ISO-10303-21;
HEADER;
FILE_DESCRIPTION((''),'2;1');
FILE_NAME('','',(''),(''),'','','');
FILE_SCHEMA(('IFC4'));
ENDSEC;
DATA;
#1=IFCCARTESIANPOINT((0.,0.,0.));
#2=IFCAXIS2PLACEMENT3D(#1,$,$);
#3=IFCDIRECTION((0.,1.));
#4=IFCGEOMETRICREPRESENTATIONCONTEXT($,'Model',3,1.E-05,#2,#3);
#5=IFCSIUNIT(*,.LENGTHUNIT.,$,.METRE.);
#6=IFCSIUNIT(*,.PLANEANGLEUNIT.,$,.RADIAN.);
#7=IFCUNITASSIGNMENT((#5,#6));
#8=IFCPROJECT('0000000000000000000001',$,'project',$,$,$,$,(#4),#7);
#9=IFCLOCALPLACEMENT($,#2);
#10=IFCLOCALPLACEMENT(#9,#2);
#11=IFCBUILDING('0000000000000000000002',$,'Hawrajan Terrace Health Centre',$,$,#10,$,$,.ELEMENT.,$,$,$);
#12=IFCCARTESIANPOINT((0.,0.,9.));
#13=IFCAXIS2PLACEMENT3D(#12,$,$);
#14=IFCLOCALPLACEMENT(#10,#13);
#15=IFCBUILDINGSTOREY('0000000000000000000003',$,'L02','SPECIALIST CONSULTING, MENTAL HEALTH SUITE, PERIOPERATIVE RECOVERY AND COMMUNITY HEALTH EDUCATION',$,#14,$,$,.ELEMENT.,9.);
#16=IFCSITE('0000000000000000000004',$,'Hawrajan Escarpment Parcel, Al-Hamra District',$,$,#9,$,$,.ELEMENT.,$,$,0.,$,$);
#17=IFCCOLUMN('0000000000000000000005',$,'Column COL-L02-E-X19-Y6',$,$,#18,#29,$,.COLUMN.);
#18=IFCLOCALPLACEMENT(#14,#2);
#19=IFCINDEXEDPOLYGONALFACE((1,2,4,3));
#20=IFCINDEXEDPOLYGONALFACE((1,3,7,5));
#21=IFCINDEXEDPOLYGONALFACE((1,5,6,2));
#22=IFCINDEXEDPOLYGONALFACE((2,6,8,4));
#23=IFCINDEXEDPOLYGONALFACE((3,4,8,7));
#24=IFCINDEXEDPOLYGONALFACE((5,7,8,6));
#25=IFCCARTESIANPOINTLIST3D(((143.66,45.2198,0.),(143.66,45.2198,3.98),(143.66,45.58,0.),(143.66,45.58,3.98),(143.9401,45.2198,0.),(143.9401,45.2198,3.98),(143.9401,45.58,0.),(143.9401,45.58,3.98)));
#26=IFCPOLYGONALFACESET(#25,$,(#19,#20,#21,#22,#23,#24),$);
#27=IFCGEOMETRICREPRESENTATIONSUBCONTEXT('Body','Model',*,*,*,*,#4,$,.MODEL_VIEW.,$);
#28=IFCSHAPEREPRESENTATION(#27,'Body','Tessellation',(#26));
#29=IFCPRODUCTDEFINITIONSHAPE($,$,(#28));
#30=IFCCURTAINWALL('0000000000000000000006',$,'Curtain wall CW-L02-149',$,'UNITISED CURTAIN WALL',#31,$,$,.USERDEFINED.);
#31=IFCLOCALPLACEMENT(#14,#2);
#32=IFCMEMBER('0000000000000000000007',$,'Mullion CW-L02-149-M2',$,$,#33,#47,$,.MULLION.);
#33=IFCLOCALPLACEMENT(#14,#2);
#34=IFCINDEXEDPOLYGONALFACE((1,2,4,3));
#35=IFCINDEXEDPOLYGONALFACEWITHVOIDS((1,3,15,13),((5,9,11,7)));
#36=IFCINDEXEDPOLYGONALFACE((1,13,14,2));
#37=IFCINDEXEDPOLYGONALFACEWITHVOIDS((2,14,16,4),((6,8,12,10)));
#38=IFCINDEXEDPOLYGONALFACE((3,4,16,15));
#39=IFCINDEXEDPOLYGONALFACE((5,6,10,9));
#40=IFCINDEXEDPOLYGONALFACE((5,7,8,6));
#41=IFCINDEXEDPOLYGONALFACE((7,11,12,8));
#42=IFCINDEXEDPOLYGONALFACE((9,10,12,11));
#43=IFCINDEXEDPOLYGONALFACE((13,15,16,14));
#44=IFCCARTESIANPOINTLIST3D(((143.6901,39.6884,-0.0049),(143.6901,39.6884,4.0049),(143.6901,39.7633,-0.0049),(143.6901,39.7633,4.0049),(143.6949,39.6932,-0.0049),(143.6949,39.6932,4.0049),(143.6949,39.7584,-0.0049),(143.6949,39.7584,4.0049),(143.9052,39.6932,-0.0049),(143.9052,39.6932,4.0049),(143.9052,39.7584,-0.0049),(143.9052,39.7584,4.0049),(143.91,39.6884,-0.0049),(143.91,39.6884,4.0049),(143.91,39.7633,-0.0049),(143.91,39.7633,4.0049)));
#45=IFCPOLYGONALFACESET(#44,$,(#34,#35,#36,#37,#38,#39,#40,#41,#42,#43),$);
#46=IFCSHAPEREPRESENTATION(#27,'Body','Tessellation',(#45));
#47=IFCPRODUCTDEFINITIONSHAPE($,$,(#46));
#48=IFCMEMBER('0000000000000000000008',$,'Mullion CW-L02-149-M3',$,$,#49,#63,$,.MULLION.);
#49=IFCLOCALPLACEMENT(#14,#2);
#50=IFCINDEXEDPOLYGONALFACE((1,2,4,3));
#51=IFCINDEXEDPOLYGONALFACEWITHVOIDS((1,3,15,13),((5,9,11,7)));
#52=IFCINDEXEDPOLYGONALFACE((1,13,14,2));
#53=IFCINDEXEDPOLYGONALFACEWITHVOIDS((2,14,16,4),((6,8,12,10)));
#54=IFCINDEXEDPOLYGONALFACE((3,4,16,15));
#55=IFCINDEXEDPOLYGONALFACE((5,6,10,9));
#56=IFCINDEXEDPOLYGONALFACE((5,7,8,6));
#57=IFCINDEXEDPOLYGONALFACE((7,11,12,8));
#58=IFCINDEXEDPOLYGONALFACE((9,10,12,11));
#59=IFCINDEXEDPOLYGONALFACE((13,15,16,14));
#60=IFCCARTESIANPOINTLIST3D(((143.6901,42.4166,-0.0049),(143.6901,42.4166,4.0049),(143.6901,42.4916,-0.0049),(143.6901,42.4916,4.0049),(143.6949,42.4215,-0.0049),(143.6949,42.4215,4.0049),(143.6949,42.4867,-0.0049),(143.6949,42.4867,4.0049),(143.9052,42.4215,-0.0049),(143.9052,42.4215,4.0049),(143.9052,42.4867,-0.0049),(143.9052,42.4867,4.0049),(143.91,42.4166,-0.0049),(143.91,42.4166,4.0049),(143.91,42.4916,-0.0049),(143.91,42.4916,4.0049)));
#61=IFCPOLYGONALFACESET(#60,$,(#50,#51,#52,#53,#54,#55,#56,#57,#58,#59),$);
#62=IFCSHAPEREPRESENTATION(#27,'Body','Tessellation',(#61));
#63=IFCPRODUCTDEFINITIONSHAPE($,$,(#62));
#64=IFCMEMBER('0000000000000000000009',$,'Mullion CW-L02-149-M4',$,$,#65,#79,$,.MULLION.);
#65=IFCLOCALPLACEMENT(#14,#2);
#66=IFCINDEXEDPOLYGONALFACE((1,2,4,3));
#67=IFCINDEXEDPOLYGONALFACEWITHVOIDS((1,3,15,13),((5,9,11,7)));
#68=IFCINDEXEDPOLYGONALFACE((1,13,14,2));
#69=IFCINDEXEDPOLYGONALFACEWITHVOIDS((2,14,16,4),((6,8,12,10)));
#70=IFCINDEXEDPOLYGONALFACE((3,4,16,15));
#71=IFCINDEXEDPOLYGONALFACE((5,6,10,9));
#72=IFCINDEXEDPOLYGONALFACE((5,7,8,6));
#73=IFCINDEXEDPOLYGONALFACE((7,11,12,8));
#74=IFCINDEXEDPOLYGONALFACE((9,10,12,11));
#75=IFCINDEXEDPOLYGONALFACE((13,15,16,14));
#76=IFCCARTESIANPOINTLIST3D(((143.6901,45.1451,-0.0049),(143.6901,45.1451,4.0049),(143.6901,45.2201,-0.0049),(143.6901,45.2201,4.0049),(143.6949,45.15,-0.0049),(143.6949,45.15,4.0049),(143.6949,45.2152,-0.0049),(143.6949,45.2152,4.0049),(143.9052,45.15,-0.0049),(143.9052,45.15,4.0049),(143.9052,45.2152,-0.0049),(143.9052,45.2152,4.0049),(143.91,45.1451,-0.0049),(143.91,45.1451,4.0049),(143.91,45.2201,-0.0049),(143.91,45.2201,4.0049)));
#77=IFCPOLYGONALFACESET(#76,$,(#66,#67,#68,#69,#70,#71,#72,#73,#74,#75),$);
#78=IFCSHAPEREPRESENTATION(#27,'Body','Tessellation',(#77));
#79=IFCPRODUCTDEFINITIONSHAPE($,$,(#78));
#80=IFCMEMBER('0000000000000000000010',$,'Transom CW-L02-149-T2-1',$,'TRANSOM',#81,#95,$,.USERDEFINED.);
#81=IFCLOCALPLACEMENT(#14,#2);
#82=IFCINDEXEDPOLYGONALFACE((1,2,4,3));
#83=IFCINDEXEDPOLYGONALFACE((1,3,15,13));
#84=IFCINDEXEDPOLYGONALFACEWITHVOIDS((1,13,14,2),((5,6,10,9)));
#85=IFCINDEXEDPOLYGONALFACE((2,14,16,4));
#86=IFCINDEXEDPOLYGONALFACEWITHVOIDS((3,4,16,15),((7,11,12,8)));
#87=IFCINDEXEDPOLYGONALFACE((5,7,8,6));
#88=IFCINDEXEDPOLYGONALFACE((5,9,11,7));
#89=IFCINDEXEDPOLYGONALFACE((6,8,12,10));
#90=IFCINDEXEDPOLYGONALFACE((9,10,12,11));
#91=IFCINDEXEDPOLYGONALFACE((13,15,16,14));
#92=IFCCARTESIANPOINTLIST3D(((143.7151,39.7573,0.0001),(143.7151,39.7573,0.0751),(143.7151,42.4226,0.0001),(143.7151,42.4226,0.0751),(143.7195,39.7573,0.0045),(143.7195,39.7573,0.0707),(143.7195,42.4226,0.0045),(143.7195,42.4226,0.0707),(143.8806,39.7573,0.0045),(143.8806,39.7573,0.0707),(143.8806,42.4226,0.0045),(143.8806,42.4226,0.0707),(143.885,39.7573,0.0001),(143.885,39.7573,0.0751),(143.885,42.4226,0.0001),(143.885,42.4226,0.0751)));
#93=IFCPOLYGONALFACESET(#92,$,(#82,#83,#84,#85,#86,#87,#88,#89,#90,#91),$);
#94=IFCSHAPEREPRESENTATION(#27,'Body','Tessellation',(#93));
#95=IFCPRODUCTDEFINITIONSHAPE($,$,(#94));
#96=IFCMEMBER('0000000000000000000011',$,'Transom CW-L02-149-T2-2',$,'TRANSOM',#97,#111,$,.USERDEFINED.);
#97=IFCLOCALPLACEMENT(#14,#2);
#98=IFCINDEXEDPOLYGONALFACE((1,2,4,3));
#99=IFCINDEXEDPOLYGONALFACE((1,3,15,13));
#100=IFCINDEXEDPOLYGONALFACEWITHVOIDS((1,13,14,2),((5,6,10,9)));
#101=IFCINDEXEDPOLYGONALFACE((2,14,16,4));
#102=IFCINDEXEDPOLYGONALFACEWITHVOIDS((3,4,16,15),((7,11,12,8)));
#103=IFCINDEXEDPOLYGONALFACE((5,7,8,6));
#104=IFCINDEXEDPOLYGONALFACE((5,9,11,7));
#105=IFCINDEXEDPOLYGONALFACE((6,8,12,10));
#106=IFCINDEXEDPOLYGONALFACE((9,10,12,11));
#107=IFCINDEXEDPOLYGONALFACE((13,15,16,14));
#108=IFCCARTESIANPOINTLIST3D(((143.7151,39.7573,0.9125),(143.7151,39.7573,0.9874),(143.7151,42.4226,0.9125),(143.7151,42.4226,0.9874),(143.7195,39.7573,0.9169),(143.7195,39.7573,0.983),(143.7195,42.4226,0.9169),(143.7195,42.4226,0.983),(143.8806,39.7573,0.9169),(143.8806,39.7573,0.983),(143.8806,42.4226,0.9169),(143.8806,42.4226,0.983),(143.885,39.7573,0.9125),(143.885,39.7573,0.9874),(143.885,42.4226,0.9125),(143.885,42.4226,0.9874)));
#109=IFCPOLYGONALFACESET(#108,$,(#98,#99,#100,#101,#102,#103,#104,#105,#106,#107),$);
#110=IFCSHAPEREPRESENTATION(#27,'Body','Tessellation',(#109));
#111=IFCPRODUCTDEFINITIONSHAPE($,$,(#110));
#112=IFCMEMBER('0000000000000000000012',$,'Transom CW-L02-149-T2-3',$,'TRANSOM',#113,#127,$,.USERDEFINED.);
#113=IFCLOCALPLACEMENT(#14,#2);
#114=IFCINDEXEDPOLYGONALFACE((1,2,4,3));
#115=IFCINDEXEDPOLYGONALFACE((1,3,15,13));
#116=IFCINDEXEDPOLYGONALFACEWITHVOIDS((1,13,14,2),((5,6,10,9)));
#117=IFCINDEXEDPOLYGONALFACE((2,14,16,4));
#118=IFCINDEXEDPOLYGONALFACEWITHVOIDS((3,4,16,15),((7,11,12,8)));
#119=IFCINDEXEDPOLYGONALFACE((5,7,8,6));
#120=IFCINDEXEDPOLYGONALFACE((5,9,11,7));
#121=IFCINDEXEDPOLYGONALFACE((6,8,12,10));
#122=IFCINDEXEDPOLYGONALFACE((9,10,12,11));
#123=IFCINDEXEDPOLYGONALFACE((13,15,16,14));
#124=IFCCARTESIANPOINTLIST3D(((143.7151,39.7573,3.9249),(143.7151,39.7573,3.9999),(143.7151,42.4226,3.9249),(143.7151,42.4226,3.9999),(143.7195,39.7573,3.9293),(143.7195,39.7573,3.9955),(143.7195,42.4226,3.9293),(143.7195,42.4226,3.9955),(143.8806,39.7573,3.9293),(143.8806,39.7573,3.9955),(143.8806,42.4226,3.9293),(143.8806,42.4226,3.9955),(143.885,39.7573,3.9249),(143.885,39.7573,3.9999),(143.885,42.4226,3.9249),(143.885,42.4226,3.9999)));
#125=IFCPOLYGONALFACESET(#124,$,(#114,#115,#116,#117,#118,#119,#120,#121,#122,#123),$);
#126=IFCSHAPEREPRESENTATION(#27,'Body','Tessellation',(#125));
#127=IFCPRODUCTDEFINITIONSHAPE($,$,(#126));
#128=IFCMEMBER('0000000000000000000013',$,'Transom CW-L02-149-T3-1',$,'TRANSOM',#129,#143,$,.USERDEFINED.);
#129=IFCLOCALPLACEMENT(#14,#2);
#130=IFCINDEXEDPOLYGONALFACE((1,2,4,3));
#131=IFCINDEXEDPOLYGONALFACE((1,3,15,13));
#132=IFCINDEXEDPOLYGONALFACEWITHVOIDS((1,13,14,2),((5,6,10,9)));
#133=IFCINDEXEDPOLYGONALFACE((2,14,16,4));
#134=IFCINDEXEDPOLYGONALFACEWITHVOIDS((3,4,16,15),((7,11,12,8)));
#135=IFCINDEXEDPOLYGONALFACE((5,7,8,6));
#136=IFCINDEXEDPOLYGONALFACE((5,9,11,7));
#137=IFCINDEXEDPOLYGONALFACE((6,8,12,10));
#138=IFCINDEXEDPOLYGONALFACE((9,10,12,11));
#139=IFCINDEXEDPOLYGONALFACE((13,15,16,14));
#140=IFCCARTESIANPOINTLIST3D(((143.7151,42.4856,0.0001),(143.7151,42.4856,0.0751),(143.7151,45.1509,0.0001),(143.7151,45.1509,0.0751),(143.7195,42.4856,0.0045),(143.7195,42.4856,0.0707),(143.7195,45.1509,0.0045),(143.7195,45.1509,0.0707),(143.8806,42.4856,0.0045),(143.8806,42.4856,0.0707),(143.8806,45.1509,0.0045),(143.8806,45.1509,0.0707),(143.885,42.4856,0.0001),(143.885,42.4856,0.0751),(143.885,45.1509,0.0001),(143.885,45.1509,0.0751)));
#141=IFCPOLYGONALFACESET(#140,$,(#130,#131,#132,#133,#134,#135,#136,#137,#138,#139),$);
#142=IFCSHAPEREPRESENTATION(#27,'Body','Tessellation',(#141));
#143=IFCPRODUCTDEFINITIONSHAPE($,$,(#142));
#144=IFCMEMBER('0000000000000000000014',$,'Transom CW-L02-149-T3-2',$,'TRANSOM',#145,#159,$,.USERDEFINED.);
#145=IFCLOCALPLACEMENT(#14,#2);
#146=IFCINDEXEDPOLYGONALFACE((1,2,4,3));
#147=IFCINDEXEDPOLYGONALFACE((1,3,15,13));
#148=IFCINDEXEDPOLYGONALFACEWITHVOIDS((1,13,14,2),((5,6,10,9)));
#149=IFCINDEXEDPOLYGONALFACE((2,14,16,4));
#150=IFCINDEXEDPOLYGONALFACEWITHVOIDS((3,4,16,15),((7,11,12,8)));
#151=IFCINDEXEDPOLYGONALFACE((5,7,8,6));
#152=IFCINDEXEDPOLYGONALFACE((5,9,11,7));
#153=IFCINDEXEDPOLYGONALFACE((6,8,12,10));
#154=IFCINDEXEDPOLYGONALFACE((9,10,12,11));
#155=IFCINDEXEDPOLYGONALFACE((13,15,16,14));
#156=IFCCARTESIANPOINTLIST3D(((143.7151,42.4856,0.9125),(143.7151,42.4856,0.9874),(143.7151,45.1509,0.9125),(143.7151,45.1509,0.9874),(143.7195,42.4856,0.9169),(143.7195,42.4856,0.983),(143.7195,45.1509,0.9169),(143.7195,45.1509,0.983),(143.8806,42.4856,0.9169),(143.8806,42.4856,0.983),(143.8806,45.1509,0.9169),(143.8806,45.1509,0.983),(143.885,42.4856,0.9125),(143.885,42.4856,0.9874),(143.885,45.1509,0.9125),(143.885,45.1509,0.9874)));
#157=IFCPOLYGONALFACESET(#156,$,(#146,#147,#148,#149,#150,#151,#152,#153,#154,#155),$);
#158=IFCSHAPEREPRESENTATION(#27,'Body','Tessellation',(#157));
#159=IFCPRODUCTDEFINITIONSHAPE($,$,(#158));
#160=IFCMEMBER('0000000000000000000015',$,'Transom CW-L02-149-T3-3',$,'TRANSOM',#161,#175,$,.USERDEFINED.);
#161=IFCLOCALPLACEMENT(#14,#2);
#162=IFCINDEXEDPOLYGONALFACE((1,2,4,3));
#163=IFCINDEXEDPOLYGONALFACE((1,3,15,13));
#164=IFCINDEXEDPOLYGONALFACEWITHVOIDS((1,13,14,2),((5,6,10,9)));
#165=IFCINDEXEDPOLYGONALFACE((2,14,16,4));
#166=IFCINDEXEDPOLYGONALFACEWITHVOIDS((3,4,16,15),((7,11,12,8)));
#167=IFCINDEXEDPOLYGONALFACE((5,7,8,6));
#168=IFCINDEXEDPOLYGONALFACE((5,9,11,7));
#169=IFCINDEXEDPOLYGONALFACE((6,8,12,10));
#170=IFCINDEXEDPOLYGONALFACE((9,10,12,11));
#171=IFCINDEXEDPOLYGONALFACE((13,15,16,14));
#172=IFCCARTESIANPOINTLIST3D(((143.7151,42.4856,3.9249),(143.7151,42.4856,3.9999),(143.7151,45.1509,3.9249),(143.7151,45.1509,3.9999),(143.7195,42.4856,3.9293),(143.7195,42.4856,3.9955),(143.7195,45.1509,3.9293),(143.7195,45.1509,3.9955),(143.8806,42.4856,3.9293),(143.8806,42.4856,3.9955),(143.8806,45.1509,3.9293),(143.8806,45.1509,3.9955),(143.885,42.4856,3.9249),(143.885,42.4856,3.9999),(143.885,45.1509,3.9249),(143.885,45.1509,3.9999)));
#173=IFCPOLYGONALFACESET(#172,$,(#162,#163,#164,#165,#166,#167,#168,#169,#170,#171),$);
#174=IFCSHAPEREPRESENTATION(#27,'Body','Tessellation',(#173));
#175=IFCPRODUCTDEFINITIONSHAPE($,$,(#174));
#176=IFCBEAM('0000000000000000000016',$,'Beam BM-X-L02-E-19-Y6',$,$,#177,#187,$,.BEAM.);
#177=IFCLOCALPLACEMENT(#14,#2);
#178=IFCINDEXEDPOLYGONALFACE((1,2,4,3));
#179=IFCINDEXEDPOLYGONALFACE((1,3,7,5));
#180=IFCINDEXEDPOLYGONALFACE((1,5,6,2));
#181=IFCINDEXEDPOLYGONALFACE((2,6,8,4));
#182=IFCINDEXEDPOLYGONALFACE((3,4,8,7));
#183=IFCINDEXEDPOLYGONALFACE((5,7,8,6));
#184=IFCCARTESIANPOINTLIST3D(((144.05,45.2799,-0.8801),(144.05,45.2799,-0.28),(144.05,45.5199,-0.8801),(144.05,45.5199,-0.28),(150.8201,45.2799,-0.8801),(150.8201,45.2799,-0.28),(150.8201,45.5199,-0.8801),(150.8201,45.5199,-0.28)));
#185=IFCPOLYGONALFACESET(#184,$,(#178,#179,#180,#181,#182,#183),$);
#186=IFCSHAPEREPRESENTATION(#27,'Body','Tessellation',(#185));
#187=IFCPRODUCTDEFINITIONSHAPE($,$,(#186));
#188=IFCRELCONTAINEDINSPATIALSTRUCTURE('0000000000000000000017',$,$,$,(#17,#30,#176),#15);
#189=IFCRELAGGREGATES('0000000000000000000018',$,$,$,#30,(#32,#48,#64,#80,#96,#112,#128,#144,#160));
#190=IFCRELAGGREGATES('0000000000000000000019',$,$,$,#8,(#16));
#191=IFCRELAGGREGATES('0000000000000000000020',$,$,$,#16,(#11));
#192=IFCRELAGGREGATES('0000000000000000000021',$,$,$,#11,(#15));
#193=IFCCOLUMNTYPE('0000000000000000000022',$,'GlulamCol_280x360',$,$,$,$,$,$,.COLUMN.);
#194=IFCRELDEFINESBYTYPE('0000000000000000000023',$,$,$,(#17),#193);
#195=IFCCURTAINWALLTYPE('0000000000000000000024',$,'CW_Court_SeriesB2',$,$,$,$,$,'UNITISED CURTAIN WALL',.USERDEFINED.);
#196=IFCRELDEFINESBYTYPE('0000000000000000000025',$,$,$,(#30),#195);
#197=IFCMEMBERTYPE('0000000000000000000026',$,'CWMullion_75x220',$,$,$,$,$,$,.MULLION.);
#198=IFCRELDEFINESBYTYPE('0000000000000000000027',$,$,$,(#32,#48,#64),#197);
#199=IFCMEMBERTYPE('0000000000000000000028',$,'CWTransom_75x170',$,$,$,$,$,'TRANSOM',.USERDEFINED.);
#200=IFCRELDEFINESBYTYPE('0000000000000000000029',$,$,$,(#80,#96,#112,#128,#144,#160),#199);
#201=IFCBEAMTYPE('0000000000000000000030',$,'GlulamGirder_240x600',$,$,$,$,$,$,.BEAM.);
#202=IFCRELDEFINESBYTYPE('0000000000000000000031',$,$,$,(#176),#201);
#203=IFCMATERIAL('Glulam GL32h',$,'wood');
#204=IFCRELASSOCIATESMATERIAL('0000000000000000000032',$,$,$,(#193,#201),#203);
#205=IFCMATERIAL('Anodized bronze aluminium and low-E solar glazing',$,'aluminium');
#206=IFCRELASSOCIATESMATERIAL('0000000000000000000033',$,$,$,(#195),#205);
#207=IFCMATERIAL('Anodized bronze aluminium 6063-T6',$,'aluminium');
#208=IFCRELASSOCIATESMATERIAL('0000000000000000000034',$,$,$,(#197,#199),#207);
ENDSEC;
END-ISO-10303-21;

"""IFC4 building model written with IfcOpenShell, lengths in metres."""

from ifc_helpers import new_model, si_unit, direction, frame, origin, origin_2d, place, context, subcontext, project, spatial, rectangle, hollow_rectangle, extrude, material, material_profile, profile_set, type_object, element, aggregate, save


model = new_model("IFC4")

# Units and contexts
model_context = context("Model", 3, precision=1e-05, world=origin(), true_north=direction((0.0, 1.0)))
body_context = subcontext(model_context, "Body", "Model", "MODEL_VIEW")
ifc_project = project(units=[si_unit("LENGTHUNIT", "METRE"), si_unit("PLANEANGLEUNIT", "RADIAN")], contexts=[model_context])

# Site, building, storey
site_placement = place(None, origin())
site = spatial("IfcSite", under=ifc_project, at=site_placement, Name="Hawrajan Escarpment Parcel, Al-Hamra District", CompositionType="ELEMENT", RefElevation=0.0)
building_placement = place(site_placement, origin())
building = spatial("IfcBuilding", under=site, at=building_placement, Name="Hawrajan Terrace Health Centre", CompositionType="ELEMENT")
storey_placement = place(building_placement, frame((0.0, 0.0, 9.0)))
storey = spatial("IfcBuildingStorey", under=building, at=storey_placement, Name="L02", Description="SPECIALIST CONSULTING, MENTAL HEALTH SUITE, PERIOPERATIVE RECOVERY AND COMMUNITY HEALTH EDUCATION", CompositionType="ELEMENT", Elevation=9.0)

# Column
ifc_material_1 = material(Name="Glulam GL32h", Category="wood")
ifc_material_profile_1 = material_profile(ifc_material_1, rectangle(XDim=0.28, YDim=0.3601, at=origin_2d()), Name="GL 280x360")
ifc_profile_set_1 = profile_set([ifc_material_profile_1], Name="Glulam GL32h")
column_type = type_object("IfcColumnType", Name="GlulamCol_280x360", PredefinedType="COLUMN", material=ifc_profile_set_1)
column_placement = place(storey_placement, frame((143.8, 45.3999, 0.0), z_axis=(0.0, 0.0, 1.0), x_axis=(1.0, 0.0, 0.0)))
element("IfcColumn", 1, at=column_placement, inside=storey, type_object=column_type, Name="Column COL-L02-E-X19-Y6", PredefinedType="COLUMN", context=body_context, shape_type="SweptSolid", body=[
    extrude(rectangle(XDim=0.28, YDim=0.3601, at=origin_2d()), origin(), (0.0, 0.0, 1.0), 3.98),
])

# Curtain wall, members
ifc_material_2 = material(Name="Anodized bronze aluminium and low-E solar glazing", Category="aluminium")
curtain_wall_type = type_object("IfcCurtainWallType", Name="CW_Court_SeriesB2", ElementType="UNITISED CURTAIN WALL", PredefinedType="USERDEFINED", material=ifc_material_2)
curtain_wall_placement = place(storey_placement, origin())
curtain_wall = element("IfcCurtainWall", 2, at=curtain_wall_placement, inside=storey, type_object=curtain_wall_type, Name="Curtain wall CW-L02-149", ObjectType="UNITISED CURTAIN WALL", PredefinedType="USERDEFINED")
ifc_material_3 = material(Name="Anodized bronze aluminium 6063-T6", Category="aluminium")
ifc_material_profile_2 = material_profile(ifc_material_3, hollow_rectangle(XDim=0.075, YDim=0.22, WallThickness=0.0049, at=origin_2d()), Name="CW MUL 75x220")
ifc_profile_set_2 = profile_set([ifc_material_profile_2], Name="Anodized bronze aluminium 6063-T6")
member_type_1 = type_object("IfcMemberType", Name="CWMullion_75x220", PredefinedType="MULLION", material=ifc_profile_set_2)
member_1_placement = place(storey_placement, frame((143.8, 39.7258, -0.0049), z_axis=(0.0, 0.0, 1.0), x_axis=(0.0, 1.0, 0.0)))
member_1 = element("IfcMember", 3, at=member_1_placement, type_object=member_type_1, Name="Mullion CW-L02-149-M2", PredefinedType="MULLION", context=body_context, shape_type="SweptSolid", body=[
    extrude(hollow_rectangle(XDim=0.075, YDim=0.22, WallThickness=0.0049, at=origin_2d()), origin(), (0.0, 0.0, 1.0), 4.0098),
])
member_2_placement = place(storey_placement, frame((143.8, 42.4541, -0.0049), z_axis=(0.0, 0.0, 1.0), x_axis=(0.0, 1.0, 0.0)))
member_2 = element("IfcMember", 4, at=member_2_placement, type_object=member_type_1, Name="Mullion CW-L02-149-M3", PredefinedType="MULLION", context=body_context, shape_type="SweptSolid", body=[
    extrude(hollow_rectangle(XDim=0.075, YDim=0.22, WallThickness=0.0049, at=origin_2d()), origin(), (0.0, 0.0, 1.0), 4.0098),
])
member_3_placement = place(storey_placement, frame((143.8, 45.1826, -0.0049), z_axis=(0.0, 0.0, 1.0), x_axis=(0.0, 1.0, 0.0)))
member_3 = element("IfcMember", 5, at=member_3_placement, type_object=member_type_1, Name="Mullion CW-L02-149-M4", PredefinedType="MULLION", context=body_context, shape_type="SweptSolid", body=[
    extrude(hollow_rectangle(XDim=0.075, YDim=0.22, WallThickness=0.0049, at=origin_2d()), origin(), (0.0, 0.0, 1.0), 4.0098),
])
ifc_material_profile_3 = material_profile(ifc_material_3, hollow_rectangle(XDim=0.075, YDim=0.1699, WallThickness=0.0044, at=origin_2d()), Name="CW TRN 75x170")
ifc_profile_set_3 = profile_set([ifc_material_profile_3], Name="Anodized bronze aluminium 6063-T6")
member_type_2 = type_object("IfcMemberType", Name="CWTransom_75x170", ElementType="TRANSOM", PredefinedType="USERDEFINED", material=ifc_profile_set_3)
member_4_placement = place(storey_placement, frame((143.8, 39.7573, 0.0376), z_axis=(0.0, 1.0, 0.0), x_axis=(0.0, 0.0, 1.0)))
member_4 = element("IfcMember", 6, at=member_4_placement, type_object=member_type_2, Name="Transom CW-L02-149-T2-1", ObjectType="TRANSOM", PredefinedType="USERDEFINED", context=body_context, shape_type="SweptSolid", body=[
    extrude(hollow_rectangle(XDim=0.075, YDim=0.1699, WallThickness=0.0044, at=origin_2d()), origin(), (0.0, 0.0, 1.0), 2.6653),
])
member_5_placement = place(storey_placement, frame((143.8, 39.7573, 0.95), z_axis=(0.0, 1.0, 0.0), x_axis=(0.0, 0.0, 1.0)))
member_5 = element("IfcMember", 7, at=member_5_placement, type_object=member_type_2, Name="Transom CW-L02-149-T2-2", ObjectType="TRANSOM", PredefinedType="USERDEFINED", context=body_context, shape_type="SweptSolid", body=[
    extrude(hollow_rectangle(XDim=0.075, YDim=0.1699, WallThickness=0.0044, at=origin_2d()), origin(), (0.0, 0.0, 1.0), 2.6653),
])
member_6_placement = place(storey_placement, frame((143.8, 39.7573, 3.9624), z_axis=(0.0, 1.0, 0.0), x_axis=(0.0, 0.0, 1.0)))
member_6 = element("IfcMember", 8, at=member_6_placement, type_object=member_type_2, Name="Transom CW-L02-149-T2-3", ObjectType="TRANSOM", PredefinedType="USERDEFINED", context=body_context, shape_type="SweptSolid", body=[
    extrude(hollow_rectangle(XDim=0.075, YDim=0.1699, WallThickness=0.0044, at=origin_2d()), origin(), (0.0, 0.0, 1.0), 2.6653),
])
member_7_placement = place(storey_placement, frame((143.8, 42.4856, 0.0376), z_axis=(0.0, 1.0, 0.0), x_axis=(0.0, 0.0, 1.0)))
member_7 = element("IfcMember", 9, at=member_7_placement, type_object=member_type_2, Name="Transom CW-L02-149-T3-1", ObjectType="TRANSOM", PredefinedType="USERDEFINED", context=body_context, shape_type="SweptSolid", body=[
    extrude(hollow_rectangle(XDim=0.075, YDim=0.1699, WallThickness=0.0044, at=origin_2d()), origin(), (0.0, 0.0, 1.0), 2.6653),
])
member_8_placement = place(storey_placement, frame((143.8, 42.4856, 0.95), z_axis=(0.0, 1.0, 0.0), x_axis=(0.0, 0.0, 1.0)))
member_8 = element("IfcMember", 10, at=member_8_placement, type_object=member_type_2, Name="Transom CW-L02-149-T3-2", ObjectType="TRANSOM", PredefinedType="USERDEFINED", context=body_context, shape_type="SweptSolid", body=[
    extrude(hollow_rectangle(XDim=0.075, YDim=0.1699, WallThickness=0.0044, at=origin_2d()), origin(), (0.0, 0.0, 1.0), 2.6653),
])
member_9_placement = place(storey_placement, frame((143.8, 42.4856, 3.9624), z_axis=(0.0, 1.0, 0.0), x_axis=(0.0, 0.0, 1.0)))
member_9 = element("IfcMember", 11, at=member_9_placement, type_object=member_type_2, Name="Transom CW-L02-149-T3-3", ObjectType="TRANSOM", PredefinedType="USERDEFINED", context=body_context, shape_type="SweptSolid", body=[
    extrude(hollow_rectangle(XDim=0.075, YDim=0.1699, WallThickness=0.0044, at=origin_2d()), origin(), (0.0, 0.0, 1.0), 2.6653),
])

# Beam
ifc_material_profile_4 = material_profile(ifc_material_1, rectangle(XDim=0.24, YDim=0.6001, at=origin_2d()), Name="GL BM 240x600")
ifc_profile_set_4 = profile_set([ifc_material_profile_4], Name="Glulam GL32h")
beam_type_1 = type_object("IfcBeamType", Name="GlulamGirder_240x600", PredefinedType="BEAM", material=ifc_profile_set_4)
beam_1_placement = place(storey_placement, frame((144.05, 45.3999, -0.5801), z_axis=(1.0, 0.0, 0.0), x_axis=(0.0, 1.0, 0.0)))
element("IfcBeam", 12, at=beam_1_placement, inside=storey, type_object=beam_type_1, Name="Beam BM-X-L02-E-19-Y6", PredefinedType="BEAM", context=body_context, shape_type="SweptSolid", body=[
    extrude(rectangle(XDim=0.24, YDim=0.6001, at=origin_2d()), origin(), (0.0, 0.0, 1.0), 6.77),
])

aggregate(curtain_wall, [member_1, member_2, member_3, member_4, member_5, member_6, member_7, member_8, member_9])

save(model, "model.ifc")
